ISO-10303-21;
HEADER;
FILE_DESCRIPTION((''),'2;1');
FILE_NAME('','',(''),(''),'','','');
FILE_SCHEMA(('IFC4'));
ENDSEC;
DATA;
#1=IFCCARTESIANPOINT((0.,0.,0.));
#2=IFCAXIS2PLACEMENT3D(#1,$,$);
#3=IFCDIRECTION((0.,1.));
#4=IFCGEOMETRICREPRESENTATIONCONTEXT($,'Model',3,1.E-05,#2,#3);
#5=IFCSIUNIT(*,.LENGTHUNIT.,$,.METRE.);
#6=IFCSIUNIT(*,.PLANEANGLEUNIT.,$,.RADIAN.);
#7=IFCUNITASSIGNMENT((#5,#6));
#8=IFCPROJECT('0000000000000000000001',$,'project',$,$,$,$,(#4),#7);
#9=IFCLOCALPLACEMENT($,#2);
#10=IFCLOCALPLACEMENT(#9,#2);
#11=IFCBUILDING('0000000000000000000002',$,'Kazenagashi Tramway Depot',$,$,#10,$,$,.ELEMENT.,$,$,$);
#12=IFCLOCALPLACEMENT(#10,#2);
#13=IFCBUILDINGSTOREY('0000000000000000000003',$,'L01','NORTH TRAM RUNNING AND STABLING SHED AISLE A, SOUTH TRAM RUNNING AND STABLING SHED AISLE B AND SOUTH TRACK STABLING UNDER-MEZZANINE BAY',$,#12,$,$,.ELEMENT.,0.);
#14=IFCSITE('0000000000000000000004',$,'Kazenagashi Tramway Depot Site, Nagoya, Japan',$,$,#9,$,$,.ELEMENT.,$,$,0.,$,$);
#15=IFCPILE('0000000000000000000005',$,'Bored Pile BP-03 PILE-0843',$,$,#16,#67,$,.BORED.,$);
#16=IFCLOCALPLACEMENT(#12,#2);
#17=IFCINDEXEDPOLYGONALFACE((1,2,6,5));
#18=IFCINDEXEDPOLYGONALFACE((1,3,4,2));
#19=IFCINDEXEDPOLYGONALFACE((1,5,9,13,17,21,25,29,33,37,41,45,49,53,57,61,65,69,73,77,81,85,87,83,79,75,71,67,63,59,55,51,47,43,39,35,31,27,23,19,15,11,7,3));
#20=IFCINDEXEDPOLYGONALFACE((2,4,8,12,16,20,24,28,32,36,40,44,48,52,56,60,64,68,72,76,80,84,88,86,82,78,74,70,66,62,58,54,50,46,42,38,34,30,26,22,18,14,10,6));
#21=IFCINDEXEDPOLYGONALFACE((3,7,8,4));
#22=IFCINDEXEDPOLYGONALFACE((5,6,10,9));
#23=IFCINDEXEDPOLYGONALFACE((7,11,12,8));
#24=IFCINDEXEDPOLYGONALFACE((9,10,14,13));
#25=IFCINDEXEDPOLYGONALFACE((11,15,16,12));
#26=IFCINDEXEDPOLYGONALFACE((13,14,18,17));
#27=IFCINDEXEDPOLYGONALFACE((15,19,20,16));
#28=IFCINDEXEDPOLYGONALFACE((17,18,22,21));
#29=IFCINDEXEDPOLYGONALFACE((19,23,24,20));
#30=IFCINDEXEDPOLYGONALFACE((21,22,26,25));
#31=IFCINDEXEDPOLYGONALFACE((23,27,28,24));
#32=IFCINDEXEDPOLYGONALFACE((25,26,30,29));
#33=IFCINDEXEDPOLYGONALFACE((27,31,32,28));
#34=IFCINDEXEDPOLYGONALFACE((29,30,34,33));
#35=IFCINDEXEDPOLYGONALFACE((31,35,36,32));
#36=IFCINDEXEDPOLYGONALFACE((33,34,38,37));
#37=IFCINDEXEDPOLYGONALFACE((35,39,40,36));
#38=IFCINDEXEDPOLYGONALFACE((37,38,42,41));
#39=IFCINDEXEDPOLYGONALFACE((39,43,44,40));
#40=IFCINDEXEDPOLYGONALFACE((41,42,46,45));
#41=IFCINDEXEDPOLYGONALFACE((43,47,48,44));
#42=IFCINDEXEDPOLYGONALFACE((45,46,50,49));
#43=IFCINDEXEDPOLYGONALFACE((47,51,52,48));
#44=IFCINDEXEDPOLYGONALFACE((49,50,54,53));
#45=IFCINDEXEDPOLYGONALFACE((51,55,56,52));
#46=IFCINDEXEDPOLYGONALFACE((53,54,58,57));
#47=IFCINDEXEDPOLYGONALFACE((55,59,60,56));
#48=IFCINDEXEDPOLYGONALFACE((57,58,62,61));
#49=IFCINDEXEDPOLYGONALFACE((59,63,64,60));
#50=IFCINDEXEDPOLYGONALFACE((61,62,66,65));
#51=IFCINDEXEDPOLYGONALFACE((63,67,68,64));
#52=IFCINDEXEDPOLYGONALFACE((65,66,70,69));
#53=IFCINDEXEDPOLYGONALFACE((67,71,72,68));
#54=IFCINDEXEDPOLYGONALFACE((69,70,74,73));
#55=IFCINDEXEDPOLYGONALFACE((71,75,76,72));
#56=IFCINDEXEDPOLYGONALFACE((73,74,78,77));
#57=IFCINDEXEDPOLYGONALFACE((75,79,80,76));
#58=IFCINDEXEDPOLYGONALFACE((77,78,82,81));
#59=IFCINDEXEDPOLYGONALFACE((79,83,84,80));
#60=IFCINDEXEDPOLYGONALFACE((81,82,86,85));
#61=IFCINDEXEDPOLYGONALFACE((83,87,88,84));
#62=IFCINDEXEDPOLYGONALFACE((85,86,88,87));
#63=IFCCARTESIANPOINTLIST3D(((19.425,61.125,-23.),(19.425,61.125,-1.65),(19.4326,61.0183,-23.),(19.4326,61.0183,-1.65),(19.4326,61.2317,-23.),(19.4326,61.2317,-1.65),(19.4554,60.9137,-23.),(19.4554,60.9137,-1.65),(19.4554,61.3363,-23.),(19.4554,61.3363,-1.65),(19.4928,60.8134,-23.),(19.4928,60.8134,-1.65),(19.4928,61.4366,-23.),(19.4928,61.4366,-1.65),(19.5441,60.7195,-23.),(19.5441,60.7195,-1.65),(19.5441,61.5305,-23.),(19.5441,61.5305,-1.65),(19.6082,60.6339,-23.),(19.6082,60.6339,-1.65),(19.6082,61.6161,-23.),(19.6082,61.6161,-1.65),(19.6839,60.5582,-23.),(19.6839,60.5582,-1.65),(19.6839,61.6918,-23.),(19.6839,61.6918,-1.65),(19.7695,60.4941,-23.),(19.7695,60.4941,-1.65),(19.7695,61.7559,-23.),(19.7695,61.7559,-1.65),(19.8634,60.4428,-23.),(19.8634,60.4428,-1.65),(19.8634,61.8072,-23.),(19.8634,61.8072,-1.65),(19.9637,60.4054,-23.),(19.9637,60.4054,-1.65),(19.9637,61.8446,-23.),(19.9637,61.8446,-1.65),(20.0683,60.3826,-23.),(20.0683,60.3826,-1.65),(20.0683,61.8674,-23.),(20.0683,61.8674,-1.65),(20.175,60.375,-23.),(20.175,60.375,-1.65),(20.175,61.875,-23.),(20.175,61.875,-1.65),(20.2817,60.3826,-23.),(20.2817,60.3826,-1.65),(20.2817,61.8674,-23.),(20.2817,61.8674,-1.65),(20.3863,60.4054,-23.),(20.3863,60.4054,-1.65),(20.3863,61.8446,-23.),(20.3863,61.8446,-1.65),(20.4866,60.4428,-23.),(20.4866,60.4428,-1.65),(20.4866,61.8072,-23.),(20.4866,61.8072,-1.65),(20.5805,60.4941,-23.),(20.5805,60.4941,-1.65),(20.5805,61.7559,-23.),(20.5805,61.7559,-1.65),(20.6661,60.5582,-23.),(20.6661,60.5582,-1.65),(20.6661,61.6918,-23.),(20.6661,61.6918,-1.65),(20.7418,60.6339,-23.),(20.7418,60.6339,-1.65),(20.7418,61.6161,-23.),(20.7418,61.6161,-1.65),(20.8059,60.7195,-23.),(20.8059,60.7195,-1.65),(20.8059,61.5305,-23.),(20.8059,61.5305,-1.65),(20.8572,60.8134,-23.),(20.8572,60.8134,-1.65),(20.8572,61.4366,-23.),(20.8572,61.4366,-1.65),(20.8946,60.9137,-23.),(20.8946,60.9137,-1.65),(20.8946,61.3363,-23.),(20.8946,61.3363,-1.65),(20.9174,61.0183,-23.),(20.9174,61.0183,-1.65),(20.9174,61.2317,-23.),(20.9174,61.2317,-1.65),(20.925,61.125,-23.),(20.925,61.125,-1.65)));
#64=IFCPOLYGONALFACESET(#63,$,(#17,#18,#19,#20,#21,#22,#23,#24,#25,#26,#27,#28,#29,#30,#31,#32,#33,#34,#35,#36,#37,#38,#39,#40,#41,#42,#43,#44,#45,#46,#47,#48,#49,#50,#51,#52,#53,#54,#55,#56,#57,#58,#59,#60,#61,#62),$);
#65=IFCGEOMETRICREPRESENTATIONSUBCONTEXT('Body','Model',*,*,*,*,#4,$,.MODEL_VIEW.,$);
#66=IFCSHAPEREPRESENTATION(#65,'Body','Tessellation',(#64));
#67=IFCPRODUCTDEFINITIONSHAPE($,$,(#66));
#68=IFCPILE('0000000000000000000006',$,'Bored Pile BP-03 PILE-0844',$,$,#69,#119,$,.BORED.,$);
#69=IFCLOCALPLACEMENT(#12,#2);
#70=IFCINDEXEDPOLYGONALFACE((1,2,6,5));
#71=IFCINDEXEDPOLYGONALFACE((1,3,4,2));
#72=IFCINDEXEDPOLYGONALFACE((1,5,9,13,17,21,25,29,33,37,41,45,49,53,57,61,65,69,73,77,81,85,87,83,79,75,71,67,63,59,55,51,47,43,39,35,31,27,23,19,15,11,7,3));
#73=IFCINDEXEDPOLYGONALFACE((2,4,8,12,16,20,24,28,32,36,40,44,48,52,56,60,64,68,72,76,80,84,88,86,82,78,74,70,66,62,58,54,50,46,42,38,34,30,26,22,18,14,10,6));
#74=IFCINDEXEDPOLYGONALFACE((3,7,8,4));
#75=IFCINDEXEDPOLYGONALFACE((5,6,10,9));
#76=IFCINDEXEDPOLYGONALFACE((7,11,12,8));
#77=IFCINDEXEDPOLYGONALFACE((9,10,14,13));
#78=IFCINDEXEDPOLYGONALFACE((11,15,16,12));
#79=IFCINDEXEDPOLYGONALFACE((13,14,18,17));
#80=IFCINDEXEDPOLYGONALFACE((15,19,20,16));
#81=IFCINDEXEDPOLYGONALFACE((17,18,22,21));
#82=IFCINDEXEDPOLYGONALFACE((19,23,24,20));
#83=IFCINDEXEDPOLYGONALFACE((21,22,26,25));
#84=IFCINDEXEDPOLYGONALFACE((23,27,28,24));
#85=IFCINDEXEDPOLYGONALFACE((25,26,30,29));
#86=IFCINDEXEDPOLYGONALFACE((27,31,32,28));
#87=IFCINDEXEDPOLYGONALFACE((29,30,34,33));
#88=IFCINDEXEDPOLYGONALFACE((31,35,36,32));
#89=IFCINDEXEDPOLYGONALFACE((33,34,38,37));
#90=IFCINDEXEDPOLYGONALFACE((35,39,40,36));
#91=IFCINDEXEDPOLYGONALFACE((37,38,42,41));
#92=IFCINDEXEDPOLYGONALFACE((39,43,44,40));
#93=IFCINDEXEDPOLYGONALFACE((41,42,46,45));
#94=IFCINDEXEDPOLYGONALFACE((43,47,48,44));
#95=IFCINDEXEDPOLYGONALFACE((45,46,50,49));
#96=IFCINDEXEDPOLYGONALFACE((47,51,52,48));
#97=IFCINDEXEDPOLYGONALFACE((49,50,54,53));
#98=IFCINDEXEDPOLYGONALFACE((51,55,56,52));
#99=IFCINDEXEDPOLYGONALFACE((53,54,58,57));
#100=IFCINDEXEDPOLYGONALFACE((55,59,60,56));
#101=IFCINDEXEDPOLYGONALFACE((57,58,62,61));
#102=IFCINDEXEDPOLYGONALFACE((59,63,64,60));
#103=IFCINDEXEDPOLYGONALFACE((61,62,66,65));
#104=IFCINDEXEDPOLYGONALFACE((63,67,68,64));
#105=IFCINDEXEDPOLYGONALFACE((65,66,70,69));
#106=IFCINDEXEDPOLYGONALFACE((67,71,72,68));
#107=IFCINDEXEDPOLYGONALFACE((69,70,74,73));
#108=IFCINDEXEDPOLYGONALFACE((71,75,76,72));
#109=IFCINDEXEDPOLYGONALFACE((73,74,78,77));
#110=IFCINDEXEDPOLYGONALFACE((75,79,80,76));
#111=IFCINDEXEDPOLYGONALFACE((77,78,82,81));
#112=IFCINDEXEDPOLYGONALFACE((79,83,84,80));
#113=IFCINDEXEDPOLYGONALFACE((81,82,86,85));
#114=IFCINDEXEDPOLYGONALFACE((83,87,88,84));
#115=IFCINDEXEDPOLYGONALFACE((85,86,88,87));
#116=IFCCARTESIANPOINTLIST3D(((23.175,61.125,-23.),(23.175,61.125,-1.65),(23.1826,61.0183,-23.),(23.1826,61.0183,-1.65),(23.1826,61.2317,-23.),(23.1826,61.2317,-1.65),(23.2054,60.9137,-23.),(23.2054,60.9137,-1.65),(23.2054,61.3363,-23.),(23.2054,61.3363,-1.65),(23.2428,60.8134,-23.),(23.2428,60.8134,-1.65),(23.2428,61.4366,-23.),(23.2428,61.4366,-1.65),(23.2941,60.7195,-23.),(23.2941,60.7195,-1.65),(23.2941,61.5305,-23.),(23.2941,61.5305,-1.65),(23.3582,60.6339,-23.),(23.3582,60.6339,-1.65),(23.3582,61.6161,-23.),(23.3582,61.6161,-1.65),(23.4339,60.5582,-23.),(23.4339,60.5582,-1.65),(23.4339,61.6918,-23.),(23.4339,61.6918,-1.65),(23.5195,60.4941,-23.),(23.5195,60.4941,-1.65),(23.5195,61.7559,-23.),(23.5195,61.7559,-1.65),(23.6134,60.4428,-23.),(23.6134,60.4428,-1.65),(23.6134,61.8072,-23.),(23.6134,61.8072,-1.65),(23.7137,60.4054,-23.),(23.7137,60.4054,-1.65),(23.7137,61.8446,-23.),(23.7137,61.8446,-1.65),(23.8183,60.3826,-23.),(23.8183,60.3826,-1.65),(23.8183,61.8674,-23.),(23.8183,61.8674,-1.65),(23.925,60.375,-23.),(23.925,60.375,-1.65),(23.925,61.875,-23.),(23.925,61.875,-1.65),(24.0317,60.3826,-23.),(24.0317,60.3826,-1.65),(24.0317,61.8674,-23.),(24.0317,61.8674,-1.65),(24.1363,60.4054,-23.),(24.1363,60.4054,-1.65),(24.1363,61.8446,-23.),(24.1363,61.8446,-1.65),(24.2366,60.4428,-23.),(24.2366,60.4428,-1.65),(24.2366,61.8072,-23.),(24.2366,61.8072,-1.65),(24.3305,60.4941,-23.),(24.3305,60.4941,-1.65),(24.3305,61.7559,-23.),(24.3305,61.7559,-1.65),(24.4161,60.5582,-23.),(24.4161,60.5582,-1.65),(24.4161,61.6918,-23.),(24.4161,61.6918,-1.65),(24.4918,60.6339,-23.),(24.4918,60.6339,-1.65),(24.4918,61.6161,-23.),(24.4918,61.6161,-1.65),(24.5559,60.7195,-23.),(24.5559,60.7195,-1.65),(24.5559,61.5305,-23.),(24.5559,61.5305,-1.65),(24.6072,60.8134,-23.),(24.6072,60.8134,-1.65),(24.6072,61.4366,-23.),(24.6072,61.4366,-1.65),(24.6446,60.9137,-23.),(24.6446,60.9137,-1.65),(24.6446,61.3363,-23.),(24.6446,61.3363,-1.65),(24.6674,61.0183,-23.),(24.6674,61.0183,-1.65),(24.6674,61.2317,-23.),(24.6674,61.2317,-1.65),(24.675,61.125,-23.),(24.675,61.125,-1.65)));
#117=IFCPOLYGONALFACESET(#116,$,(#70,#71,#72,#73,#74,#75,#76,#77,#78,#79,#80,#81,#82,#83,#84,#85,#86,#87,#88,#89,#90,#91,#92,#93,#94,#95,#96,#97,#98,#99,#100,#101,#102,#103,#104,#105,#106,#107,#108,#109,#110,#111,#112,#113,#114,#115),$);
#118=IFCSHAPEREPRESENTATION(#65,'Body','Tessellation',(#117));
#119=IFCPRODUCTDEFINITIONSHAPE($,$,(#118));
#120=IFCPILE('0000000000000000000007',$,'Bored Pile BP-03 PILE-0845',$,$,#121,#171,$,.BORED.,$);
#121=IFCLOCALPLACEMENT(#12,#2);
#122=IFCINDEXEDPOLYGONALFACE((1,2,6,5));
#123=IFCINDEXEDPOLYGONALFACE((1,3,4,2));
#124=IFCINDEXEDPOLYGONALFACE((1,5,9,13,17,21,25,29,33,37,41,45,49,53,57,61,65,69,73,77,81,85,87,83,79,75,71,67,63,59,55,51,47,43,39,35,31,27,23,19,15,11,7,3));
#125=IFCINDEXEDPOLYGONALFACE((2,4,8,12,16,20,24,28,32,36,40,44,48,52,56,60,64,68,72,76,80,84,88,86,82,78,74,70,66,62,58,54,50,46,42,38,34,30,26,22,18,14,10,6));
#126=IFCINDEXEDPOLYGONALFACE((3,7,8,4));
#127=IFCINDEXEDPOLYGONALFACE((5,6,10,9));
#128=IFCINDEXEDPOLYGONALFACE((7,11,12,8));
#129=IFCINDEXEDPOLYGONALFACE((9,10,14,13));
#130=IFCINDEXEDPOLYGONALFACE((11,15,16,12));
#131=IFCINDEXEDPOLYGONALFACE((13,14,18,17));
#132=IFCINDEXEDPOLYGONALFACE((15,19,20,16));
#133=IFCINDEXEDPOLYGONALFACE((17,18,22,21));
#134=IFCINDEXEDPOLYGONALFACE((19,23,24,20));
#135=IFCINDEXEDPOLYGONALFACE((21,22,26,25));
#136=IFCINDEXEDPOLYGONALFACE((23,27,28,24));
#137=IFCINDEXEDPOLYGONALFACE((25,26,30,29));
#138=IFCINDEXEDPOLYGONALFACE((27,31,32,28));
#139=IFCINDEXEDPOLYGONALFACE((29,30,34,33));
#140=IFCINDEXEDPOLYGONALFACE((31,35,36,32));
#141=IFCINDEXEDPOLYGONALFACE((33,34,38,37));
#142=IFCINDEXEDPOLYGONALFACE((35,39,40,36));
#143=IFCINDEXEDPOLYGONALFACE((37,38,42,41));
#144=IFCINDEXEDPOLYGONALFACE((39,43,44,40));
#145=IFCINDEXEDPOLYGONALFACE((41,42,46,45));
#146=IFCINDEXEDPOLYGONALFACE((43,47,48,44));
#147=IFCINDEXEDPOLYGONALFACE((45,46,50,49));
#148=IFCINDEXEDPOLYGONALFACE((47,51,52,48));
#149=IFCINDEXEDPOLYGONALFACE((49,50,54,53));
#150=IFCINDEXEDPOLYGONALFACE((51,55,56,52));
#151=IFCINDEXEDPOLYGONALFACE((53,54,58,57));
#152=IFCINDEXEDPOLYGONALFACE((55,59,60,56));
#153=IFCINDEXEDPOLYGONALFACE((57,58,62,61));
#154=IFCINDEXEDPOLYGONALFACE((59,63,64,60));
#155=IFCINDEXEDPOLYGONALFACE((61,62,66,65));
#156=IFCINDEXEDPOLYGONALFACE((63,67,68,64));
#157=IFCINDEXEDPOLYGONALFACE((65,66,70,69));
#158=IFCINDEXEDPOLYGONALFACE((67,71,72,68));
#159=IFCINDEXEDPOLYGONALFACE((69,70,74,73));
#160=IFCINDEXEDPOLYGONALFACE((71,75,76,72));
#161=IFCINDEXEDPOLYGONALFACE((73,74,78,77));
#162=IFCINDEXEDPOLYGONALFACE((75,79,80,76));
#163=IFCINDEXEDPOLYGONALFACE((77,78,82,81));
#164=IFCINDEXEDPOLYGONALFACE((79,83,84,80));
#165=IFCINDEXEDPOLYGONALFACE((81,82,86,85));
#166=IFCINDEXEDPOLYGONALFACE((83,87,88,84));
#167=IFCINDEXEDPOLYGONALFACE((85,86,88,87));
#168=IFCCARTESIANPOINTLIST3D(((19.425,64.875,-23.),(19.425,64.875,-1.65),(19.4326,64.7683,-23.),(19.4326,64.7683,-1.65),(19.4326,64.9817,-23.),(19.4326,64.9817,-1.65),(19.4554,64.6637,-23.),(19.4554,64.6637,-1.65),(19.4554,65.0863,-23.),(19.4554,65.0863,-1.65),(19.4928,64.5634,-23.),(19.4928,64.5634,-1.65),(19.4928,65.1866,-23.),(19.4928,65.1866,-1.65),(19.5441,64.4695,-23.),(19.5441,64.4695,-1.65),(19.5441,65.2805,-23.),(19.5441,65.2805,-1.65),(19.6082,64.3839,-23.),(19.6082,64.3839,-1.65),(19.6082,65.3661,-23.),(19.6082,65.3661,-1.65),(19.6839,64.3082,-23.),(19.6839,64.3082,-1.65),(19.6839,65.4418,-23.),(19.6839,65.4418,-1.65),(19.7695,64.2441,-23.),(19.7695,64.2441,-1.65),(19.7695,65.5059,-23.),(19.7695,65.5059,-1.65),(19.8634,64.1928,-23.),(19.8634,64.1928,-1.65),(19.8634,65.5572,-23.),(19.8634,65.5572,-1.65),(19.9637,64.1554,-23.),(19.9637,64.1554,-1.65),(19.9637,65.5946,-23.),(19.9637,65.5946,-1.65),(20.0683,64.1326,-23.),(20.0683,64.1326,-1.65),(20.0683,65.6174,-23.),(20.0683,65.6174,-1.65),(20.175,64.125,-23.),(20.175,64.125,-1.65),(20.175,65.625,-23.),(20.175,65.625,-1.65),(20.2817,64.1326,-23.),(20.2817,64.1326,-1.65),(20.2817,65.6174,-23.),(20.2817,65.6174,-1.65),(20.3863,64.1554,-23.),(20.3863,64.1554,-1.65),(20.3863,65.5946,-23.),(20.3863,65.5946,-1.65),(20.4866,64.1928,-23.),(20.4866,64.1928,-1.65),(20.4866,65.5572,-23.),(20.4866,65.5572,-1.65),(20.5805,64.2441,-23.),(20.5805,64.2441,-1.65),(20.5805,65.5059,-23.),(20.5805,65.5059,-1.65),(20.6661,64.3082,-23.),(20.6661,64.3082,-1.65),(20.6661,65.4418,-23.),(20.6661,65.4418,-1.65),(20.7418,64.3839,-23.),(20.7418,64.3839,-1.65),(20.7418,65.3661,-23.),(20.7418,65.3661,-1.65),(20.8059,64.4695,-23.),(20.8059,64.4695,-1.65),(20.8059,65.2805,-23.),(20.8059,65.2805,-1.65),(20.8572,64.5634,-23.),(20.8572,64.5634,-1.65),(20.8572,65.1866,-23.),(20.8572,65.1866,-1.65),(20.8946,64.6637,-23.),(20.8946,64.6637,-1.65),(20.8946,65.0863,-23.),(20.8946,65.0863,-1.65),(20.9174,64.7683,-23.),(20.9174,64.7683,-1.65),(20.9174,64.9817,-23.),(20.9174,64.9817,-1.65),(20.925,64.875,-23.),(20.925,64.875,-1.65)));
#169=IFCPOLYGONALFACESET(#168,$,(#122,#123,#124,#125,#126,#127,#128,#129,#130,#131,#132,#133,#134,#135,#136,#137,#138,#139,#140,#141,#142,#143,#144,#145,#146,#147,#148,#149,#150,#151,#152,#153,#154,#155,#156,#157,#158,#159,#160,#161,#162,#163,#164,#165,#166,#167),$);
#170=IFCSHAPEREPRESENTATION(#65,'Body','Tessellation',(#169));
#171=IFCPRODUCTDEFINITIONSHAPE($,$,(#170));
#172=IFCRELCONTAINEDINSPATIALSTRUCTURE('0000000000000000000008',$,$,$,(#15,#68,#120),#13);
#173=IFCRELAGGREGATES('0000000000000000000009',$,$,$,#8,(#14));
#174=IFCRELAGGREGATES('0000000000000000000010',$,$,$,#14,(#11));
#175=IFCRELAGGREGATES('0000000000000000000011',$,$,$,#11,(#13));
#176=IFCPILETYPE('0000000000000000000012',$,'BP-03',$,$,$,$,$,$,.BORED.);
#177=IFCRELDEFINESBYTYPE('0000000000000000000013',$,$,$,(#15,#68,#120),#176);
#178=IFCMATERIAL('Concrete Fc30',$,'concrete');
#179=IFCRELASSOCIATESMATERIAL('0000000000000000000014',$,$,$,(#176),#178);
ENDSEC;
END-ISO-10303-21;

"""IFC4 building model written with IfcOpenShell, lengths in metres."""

from ifc_helpers import new_model, si_unit, direction, frame, origin, origin_2d, place, context, subcontext, project, spatial, circle, extrude, material, material_profile, profile_set, type_object, element, save


model = new_model("IFC4")

# Units and contexts
model_context = context("Model", 3, precision=1e-05, world=origin(), true_north=direction((0.0, 1.0)))
body_context = subcontext(model_context, "Body", "Model", "MODEL_VIEW")
ifc_project = project(units=[si_unit("LENGTHUNIT", "METRE"), si_unit("PLANEANGLEUNIT", "RADIAN")], contexts=[model_context])

# Site, building, storey
site_placement = place(None, origin())
site = spatial("IfcSite", under=ifc_project, at=site_placement, Name="Kazenagashi Tramway Depot Site, Nagoya, Japan", CompositionType="ELEMENT", RefElevation=0.0)
building_placement = place(site_placement, origin())
building = spatial("IfcBuilding", under=site, at=building_placement, Name="Kazenagashi Tramway Depot", CompositionType="ELEMENT")
storey_placement = place(building_placement, origin())
storey = spatial("IfcBuildingStorey", under=building, at=storey_placement, Name="L01", Description="NORTH TRAM RUNNING AND STABLING SHED AISLE A, SOUTH TRAM RUNNING AND STABLING SHED AISLE B AND SOUTH TRACK STABLING UNDER-MEZZANINE BAY", CompositionType="ELEMENT", Elevation=0.0)

# Piles
ifc_material_1 = material(Name="Concrete Fc30", Category="concrete")
ifc_material_profile_1 = material_profile(ifc_material_1, circle(Radius=0.75, at=origin_2d()), Name="PILE-1500")
ifc_profile_set_1 = profile_set([ifc_material_profile_1], Name="Concrete Fc30")
pile_type = type_object("IfcPileType", Name="BP-03", PredefinedType="BORED", material=ifc_profile_set_1)
for number, where, z_axis, x_axis, name in (
    (1, (20.175, 61.125, -1.65), (0.0, 0.0, -1.0), (1.0, 0.0, 0.0), "Bored Pile BP-03 PILE-0843"),
    (2, (23.925, 61.125, -1.65), (0.0, 0.0, -1.0), (1.0, 0.0, 0.0), "Bored Pile BP-03 PILE-0844"),
    (3, (20.175, 64.875, -1.65), (0.0, 0.0, -1.0), (1.0, 0.0, 0.0), "Bored Pile BP-03 PILE-0845"),
):
    element("IfcPile", number, at=place(storey_placement, frame(where, z_axis=z_axis, x_axis=x_axis)), inside=storey, type_object=pile_type, Name=name, PredefinedType="BORED", context=body_context, shape_type="SweptSolid", body=[
        extrude(circle(Radius=0.75, at=origin_2d()), origin(), (0.0, 0.0, 1.0), 21.35),
    ])

save(model, "model.ifc")
